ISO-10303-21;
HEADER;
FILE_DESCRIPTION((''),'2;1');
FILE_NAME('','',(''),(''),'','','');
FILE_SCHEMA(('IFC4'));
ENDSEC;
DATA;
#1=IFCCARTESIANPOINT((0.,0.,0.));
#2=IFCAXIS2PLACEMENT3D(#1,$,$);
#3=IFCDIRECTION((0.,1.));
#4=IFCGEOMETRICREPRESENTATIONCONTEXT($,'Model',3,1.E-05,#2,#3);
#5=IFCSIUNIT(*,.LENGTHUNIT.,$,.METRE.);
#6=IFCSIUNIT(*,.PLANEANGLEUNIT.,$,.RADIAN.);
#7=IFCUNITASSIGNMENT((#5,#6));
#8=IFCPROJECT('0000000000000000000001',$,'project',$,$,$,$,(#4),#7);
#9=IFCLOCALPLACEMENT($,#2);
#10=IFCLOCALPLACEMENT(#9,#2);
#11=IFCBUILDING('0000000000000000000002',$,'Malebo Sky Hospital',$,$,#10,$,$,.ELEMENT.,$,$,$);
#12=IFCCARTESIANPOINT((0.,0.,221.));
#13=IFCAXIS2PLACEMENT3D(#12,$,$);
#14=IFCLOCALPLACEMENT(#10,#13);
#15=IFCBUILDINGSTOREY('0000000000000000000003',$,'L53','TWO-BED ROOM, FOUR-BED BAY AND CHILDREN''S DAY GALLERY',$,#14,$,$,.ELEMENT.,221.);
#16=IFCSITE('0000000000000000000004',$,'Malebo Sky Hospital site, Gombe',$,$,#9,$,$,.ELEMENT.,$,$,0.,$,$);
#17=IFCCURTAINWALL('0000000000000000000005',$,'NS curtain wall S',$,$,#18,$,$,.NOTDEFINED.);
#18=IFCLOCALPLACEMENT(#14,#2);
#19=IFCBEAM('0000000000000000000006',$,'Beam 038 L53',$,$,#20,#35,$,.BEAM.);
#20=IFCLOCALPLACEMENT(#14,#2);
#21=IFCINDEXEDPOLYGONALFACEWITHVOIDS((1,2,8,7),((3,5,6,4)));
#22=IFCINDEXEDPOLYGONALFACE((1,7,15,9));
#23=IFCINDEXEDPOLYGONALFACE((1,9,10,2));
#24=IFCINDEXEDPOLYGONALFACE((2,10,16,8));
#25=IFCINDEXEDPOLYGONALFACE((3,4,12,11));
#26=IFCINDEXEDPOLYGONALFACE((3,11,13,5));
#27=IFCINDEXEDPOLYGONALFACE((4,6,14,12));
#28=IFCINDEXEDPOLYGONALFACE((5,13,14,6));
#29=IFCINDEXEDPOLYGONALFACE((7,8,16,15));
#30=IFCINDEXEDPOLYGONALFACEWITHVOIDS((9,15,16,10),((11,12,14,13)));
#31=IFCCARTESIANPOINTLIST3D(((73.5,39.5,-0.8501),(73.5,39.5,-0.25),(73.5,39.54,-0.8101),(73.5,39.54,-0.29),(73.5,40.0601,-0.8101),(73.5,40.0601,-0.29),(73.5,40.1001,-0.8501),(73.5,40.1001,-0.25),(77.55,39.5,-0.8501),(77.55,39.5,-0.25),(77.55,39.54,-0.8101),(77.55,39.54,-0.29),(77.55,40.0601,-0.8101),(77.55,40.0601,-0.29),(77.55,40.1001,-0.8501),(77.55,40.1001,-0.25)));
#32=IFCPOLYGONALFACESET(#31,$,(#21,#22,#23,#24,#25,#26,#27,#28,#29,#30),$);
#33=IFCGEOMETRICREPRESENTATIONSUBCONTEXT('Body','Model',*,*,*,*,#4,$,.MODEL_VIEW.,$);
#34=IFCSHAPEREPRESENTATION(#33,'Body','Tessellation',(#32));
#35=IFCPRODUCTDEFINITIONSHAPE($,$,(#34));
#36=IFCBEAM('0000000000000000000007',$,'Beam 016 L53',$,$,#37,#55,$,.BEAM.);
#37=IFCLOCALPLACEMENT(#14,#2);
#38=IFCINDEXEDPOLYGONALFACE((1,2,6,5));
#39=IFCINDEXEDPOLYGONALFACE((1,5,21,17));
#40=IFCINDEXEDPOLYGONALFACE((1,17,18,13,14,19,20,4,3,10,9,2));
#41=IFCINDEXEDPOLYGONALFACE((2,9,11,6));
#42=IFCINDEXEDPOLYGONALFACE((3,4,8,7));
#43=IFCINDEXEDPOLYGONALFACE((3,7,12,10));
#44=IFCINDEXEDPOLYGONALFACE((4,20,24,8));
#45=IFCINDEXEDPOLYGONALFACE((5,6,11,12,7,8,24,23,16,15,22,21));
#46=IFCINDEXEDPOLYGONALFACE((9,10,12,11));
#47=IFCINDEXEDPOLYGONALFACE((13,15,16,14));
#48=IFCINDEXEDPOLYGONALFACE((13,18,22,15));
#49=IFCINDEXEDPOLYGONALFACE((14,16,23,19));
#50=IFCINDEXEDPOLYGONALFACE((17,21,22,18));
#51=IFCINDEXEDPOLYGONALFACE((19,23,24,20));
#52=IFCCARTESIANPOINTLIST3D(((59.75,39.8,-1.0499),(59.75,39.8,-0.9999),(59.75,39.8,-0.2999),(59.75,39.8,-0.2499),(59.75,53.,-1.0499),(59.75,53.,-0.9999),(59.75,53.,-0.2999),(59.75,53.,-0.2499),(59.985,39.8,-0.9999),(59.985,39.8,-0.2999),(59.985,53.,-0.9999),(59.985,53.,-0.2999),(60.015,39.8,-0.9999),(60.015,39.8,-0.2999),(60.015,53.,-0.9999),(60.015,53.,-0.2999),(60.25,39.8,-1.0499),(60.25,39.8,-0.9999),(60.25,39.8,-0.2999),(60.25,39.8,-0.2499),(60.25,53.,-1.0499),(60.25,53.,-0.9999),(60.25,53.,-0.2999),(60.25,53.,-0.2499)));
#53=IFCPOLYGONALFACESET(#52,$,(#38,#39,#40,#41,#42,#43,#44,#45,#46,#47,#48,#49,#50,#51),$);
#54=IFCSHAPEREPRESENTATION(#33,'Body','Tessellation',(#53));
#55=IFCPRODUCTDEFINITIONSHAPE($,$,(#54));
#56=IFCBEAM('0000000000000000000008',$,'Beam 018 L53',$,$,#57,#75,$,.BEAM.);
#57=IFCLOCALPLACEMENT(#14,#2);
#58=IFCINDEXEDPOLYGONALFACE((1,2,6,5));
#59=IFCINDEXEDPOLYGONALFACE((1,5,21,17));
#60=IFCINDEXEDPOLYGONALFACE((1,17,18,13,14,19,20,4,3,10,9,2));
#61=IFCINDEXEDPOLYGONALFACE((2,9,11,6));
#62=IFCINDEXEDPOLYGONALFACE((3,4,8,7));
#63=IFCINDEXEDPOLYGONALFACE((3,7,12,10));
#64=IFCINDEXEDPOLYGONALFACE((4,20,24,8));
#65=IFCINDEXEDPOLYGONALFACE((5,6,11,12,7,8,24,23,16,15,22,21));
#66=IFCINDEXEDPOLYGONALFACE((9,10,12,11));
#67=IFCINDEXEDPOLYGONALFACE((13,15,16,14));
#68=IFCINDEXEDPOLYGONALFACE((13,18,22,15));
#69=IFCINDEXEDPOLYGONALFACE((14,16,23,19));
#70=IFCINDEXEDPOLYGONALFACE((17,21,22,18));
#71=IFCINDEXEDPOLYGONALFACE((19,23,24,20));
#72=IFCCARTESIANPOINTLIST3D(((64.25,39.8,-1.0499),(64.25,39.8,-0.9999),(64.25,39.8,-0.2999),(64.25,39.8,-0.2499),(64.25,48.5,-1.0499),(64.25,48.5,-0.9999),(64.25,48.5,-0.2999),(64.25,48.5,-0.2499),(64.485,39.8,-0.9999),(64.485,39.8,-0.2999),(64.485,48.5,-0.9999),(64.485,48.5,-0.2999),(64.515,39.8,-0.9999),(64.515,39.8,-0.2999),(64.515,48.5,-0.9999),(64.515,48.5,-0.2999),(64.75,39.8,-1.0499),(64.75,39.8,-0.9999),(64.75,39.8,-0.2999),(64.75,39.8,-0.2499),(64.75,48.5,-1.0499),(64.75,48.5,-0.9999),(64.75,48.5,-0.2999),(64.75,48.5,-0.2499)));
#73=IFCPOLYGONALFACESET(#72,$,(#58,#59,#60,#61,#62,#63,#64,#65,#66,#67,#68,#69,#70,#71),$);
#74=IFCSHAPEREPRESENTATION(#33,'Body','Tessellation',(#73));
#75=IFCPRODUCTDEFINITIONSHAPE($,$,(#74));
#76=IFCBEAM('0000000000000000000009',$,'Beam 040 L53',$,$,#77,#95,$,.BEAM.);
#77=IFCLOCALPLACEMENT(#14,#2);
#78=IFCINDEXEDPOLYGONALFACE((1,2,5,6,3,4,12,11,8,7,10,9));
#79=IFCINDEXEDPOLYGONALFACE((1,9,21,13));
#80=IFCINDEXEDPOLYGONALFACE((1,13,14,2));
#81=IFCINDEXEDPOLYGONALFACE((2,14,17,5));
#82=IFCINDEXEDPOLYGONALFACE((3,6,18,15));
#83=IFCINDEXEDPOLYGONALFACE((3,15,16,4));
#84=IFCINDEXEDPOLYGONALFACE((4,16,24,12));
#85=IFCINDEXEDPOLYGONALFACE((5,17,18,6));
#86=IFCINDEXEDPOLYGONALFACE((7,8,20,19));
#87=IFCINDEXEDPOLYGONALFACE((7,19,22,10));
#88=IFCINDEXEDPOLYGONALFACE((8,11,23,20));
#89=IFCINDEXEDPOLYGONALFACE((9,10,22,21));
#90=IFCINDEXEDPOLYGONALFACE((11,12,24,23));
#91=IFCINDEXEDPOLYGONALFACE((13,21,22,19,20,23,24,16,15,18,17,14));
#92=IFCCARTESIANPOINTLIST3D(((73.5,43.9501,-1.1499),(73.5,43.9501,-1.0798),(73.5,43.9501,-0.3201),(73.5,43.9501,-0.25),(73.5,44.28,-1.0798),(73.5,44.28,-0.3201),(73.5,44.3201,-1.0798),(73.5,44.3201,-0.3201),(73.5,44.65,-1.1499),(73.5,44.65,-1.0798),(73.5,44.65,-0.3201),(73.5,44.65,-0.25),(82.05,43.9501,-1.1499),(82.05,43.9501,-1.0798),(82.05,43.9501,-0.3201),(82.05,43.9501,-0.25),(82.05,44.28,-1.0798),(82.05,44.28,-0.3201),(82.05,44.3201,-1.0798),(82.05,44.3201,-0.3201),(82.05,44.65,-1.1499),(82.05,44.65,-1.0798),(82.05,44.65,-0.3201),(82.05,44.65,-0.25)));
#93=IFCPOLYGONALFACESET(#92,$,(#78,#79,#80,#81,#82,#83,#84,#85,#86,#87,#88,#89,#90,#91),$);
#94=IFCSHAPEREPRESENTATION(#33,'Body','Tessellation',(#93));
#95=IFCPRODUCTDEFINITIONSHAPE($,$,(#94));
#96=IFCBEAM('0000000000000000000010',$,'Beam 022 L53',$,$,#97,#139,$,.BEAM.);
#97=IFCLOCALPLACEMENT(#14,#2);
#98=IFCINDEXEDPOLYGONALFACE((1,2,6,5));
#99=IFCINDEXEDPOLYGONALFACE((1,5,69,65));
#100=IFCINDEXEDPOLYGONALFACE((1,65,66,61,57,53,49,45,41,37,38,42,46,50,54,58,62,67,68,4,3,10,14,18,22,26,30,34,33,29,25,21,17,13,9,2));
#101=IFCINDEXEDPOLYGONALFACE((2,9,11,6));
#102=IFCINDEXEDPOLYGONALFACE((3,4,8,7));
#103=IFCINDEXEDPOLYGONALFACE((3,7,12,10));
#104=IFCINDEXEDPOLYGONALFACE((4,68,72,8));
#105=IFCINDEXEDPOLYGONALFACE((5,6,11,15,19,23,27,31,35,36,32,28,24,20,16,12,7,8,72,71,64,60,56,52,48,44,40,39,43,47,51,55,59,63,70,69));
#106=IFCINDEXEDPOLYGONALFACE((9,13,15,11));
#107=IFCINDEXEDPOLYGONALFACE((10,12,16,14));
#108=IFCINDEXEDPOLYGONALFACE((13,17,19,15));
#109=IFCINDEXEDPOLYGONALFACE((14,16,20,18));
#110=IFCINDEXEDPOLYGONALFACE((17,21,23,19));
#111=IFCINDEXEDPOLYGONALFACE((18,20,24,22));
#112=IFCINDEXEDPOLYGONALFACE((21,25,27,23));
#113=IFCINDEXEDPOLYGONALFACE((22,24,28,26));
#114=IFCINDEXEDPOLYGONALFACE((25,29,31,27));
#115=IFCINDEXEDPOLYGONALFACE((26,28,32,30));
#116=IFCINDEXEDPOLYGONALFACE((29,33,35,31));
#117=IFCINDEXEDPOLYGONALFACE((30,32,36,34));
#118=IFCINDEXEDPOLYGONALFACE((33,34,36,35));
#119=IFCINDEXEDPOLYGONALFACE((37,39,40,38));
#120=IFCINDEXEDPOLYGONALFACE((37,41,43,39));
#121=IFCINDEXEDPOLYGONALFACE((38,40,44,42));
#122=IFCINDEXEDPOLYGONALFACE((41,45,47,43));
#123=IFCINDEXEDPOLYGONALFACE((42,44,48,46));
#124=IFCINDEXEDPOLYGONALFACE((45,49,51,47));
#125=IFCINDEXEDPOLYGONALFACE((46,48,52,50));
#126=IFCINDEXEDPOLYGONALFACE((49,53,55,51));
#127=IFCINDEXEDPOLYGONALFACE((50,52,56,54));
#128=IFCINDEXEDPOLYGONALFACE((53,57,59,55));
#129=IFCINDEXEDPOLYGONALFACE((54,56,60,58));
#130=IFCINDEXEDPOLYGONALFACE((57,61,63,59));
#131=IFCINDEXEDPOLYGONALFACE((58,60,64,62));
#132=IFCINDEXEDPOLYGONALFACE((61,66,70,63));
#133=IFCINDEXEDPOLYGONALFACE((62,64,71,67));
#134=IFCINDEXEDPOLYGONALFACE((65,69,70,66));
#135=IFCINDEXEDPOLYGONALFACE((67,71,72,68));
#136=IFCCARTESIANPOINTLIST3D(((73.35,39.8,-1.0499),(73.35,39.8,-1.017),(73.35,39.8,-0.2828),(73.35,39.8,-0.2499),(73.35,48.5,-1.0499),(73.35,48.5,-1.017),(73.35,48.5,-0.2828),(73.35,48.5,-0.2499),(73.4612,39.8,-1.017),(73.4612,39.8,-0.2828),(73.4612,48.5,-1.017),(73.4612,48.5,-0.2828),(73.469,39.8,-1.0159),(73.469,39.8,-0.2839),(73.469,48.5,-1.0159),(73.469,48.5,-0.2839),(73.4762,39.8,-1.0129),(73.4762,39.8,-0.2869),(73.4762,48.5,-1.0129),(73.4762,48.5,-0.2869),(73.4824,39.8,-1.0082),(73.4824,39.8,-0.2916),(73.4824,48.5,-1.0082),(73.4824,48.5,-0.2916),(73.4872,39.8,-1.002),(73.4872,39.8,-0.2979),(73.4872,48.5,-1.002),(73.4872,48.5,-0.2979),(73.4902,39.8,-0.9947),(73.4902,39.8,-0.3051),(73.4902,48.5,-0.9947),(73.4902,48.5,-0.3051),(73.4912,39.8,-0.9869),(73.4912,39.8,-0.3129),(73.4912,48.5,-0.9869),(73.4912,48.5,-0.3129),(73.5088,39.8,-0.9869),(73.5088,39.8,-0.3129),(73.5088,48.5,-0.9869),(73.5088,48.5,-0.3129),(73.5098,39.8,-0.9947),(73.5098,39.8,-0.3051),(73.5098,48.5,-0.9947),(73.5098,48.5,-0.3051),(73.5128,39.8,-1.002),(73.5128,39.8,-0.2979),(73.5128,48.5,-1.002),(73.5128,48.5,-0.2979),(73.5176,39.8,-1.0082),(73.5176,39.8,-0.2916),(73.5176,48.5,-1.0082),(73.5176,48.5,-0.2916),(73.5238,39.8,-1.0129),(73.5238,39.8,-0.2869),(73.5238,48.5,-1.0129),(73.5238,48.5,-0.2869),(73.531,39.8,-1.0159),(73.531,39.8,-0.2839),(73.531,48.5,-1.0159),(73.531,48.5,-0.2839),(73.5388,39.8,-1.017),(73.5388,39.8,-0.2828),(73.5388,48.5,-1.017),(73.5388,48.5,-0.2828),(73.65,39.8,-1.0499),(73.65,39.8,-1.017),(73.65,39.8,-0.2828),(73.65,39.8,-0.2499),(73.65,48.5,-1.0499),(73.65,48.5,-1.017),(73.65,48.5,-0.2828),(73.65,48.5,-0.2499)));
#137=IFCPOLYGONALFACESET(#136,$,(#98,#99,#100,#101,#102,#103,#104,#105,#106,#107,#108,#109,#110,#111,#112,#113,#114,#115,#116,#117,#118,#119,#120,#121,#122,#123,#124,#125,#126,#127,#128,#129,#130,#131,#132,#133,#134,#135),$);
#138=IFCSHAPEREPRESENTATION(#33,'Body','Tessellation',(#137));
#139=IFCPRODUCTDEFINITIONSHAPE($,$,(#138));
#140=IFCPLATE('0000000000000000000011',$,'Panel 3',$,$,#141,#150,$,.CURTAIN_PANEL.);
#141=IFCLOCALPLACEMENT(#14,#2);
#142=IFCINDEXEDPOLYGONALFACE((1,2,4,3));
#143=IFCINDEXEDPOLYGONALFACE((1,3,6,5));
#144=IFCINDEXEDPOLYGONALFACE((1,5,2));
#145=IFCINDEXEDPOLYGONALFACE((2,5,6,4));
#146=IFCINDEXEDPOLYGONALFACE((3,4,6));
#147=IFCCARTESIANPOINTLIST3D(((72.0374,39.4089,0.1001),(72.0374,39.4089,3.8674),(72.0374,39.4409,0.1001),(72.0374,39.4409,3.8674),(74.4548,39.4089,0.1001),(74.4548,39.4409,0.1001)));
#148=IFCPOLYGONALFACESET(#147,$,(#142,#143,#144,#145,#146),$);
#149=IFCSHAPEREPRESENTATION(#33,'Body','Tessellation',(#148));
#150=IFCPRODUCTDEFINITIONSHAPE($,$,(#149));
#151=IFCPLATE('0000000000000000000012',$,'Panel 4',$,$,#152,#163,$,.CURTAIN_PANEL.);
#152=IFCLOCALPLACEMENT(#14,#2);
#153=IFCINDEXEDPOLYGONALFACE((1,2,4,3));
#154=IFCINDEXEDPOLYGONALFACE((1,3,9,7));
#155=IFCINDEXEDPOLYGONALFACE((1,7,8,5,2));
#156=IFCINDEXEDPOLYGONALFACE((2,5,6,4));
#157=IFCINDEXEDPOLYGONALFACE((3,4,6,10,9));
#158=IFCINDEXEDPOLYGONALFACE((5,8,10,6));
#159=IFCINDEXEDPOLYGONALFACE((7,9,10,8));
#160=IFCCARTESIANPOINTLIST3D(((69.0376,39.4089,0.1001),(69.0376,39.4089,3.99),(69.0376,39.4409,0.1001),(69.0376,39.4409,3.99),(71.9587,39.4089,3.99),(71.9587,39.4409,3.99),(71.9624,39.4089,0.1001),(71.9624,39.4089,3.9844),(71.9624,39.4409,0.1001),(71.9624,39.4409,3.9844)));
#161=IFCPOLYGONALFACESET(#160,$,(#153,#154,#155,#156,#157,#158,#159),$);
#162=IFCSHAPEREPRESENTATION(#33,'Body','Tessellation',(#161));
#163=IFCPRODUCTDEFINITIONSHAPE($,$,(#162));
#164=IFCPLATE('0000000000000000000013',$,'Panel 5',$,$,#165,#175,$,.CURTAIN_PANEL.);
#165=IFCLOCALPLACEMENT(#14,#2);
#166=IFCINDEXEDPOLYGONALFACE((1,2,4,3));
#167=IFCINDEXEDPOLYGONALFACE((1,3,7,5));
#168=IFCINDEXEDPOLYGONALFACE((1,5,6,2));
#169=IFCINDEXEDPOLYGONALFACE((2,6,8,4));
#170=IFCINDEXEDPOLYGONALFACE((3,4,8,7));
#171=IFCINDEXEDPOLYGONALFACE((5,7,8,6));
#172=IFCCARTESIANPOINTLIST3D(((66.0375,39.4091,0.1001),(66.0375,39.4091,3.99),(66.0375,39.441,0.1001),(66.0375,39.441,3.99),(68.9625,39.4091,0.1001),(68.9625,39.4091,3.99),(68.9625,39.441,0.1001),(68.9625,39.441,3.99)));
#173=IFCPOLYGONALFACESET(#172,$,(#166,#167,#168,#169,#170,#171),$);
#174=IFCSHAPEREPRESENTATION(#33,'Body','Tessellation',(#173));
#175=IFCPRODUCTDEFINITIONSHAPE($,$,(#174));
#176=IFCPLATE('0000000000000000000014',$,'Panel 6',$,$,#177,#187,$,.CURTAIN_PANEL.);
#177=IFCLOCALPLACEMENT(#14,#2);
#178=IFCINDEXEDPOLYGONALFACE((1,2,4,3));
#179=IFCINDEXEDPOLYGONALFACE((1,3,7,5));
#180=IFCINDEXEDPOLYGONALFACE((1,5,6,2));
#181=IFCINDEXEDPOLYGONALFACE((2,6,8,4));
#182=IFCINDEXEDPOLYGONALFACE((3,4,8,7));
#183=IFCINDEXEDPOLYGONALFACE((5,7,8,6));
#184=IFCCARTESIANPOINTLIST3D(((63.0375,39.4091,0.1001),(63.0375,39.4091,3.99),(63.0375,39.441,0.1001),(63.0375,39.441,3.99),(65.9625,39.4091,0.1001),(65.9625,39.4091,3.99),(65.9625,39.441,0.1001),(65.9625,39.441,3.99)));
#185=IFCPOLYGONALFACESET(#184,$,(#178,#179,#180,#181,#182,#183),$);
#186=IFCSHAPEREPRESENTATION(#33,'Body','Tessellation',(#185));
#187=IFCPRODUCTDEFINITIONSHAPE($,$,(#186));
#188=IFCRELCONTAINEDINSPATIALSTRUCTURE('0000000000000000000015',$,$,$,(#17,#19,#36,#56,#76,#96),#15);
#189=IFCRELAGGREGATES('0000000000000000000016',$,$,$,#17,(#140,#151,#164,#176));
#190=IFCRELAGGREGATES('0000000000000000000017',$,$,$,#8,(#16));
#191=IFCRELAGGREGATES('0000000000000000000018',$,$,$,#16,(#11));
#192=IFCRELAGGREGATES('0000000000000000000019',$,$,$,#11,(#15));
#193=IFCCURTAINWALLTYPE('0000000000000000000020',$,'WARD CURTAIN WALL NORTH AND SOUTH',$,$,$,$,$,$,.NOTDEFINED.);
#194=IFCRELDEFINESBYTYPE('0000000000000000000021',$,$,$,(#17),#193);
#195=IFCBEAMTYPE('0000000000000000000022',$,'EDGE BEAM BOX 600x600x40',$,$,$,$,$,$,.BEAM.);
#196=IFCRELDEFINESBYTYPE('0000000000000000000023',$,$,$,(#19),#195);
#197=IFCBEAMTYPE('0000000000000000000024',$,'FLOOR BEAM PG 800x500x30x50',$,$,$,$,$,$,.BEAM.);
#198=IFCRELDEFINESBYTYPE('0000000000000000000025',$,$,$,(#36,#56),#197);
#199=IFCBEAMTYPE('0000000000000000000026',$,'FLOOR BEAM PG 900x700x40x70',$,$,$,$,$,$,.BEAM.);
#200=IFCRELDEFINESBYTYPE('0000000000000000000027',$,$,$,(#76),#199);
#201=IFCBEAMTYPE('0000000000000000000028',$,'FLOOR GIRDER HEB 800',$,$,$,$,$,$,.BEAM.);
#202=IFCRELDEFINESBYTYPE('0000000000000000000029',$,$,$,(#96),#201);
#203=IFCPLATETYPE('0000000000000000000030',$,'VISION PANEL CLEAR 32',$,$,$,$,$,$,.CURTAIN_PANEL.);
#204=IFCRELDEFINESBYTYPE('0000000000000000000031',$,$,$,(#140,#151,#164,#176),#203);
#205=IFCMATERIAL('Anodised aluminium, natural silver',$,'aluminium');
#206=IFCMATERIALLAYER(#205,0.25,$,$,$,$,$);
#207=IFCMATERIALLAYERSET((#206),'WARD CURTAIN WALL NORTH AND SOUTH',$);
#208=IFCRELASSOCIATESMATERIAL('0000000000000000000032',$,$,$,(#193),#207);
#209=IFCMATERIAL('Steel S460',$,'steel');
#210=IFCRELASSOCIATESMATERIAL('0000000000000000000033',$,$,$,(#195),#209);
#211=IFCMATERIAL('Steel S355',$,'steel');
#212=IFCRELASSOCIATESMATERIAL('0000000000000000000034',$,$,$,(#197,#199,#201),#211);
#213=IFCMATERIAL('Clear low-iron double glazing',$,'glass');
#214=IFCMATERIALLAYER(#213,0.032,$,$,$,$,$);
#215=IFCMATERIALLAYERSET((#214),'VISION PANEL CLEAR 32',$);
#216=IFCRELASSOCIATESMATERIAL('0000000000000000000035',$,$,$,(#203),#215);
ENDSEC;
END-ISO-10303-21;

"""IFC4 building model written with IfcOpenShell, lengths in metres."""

from ifc_helpers import new_model, si_unit, direction, frame, origin, origin_2d, place, context, subcontext, project, spatial, polyline, rectangle, hollow_rectangle, i_section, outline, extrude, material, layer, layer_set, material_profile, profile_set, type_object, element, aggregate, save


model = new_model("IFC4")

# Units and contexts
model_context = context("Model", 3, precision=1e-05, world=origin(), true_north=direction((0.0, 1.0)))
body_context = subcontext(model_context, "Body", "Model", "MODEL_VIEW")
ifc_project = project(units=[si_unit("LENGTHUNIT", "METRE"), si_unit("PLANEANGLEUNIT", "RADIAN")], contexts=[model_context])

# Site, building, storey
site_placement = place(None, origin())
site = spatial("IfcSite", under=ifc_project, at=site_placement, Name="Malebo Sky Hospital site, Gombe", CompositionType="ELEMENT", RefElevation=0.0)
building_placement = place(site_placement, origin())
building = spatial("IfcBuilding", under=site, at=building_placement, Name="Malebo Sky Hospital", CompositionType="ELEMENT")
storey_placement = place(building_placement, frame((0.0, 0.0, 221.0)))
storey = spatial("IfcBuildingStorey", under=building, at=storey_placement, Name="L53", Description="TWO-BED ROOM, FOUR-BED BAY AND CHILDREN'S DAY GALLERY", CompositionType="ELEMENT", Elevation=221.0)

# Shared definitions
ifc_material_1 = material(Name="Steel S460", Category="steel")

# Curtain wall
ifc_material_2 = material(Name="Anodised aluminium, natural silver", Category="aluminium")
ifc_layer_1 = layer(ifc_material_2, 0.25)
ifc_layer_set_1 = layer_set([ifc_layer_1], Name="WARD CURTAIN WALL NORTH AND SOUTH")
curtain_wall_type = type_object("IfcCurtainWallType", Name="WARD CURTAIN WALL NORTH AND SOUTH", PredefinedType="NOTDEFINED", material=ifc_layer_set_1)
curtain_wall_placement = place(storey_placement, origin())
curtain_wall = element("IfcCurtainWall", 1, at=curtain_wall_placement, inside=storey, type_object=curtain_wall_type, Name="NS curtain wall S", PredefinedType="NOTDEFINED")

# Beams
ifc_material_profile_1 = material_profile(ifc_material_1, hollow_rectangle(XDim=0.6001, YDim=0.6001, WallThickness=0.04, at=origin_2d()), Name="BOX 600x600x40")
ifc_profile_set_1 = profile_set([ifc_material_profile_1], Name="Steel S460")
beam_type_1 = type_object("IfcBeamType", Name="EDGE BEAM BOX 600x600x40", PredefinedType="BEAM", material=ifc_profile_set_1)
beam_1_placement = place(storey_placement, frame((73.5, 39.8, -0.55), z_axis=(1.0, 0.0, 0.0), x_axis=(0.0, 1.0, 0.0)))
element("IfcBeam", 2, at=beam_1_placement, inside=storey, type_object=beam_type_1, Name="Beam 038 L53", PredefinedType="BEAM", context=body_context, shape_type="SweptSolid", body=[
    extrude(hollow_rectangle(XDim=0.6001, YDim=0.6001, WallThickness=0.04, at=origin_2d()), origin(), (0.0, 0.0, 1.0), 4.05),
])
ifc_material_3 = material(Name="Steel S355", Category="steel")
ifc_material_profile_2 = material_profile(ifc_material_3, i_section(OverallWidth=0.5, OverallDepth=0.8, WebThickness=0.03, FlangeThickness=0.05, at=origin_2d()), Name="PG 800x500x30x50")
ifc_profile_set_2 = profile_set([ifc_material_profile_2], Name="Steel S355")
beam_type_2 = type_object("IfcBeamType", Name="FLOOR BEAM PG 800x500x30x50", PredefinedType="BEAM", material=ifc_profile_set_2)
beam_2_placement = place(storey_placement, frame((60.0, 39.8, -0.6499), z_axis=(0.0, 1.0, 0.0), x_axis=(-1.0, 0.0, 0.0)))
element("IfcBeam", 3, at=beam_2_placement, inside=storey, type_object=beam_type_2, Name="Beam 016 L53", PredefinedType="BEAM", context=body_context, shape_type="SweptSolid", body=[
    extrude(i_section(OverallWidth=0.5, OverallDepth=0.8, WebThickness=0.03, FlangeThickness=0.05, at=origin_2d()), origin(), (0.0, 0.0, 1.0), 13.2),
])
beam_3_placement = place(storey_placement, frame((64.5, 39.8, -0.6499), z_axis=(0.0, 1.0, 0.0), x_axis=(-1.0, 0.0, 0.0)))
element("IfcBeam", 4, at=beam_3_placement, inside=storey, type_object=beam_type_2, Name="Beam 018 L53", PredefinedType="BEAM", context=body_context, shape_type="SweptSolid", body=[
    extrude(i_section(OverallWidth=0.5, OverallDepth=0.8, WebThickness=0.03, FlangeThickness=0.05, at=origin_2d()), origin(), (0.0, 0.0, 1.0), 8.7),
])
ifc_material_profile_3 = material_profile(ifc_material_3, i_section(OverallWidth=0.7, OverallDepth=0.8999, WebThickness=0.04, FlangeThickness=0.0701, at=origin_2d()), Name="PG 900x700x40x70")
ifc_profile_set_3 = profile_set([ifc_material_profile_3], Name="Steel S355")
beam_type_3 = type_object("IfcBeamType", Name="FLOOR BEAM PG 900x700x40x70", PredefinedType="BEAM", material=ifc_profile_set_3)
beam_4_placement = place(storey_placement, frame((73.5, 44.3, -0.7), z_axis=(1.0, 0.0, 0.0), x_axis=(0.0, 1.0, 0.0)))
element("IfcBeam", 5, at=beam_4_placement, inside=storey, type_object=beam_type_3, Name="Beam 040 L53", PredefinedType="BEAM", context=body_context, shape_type="SweptSolid", body=[
    extrude(i_section(OverallWidth=0.7, OverallDepth=0.8999, WebThickness=0.04, FlangeThickness=0.0701, at=origin_2d()), origin(), (0.0, 0.0, 1.0), 8.55),
])
ifc_material_profile_4 = material_profile(ifc_material_3, i_section(OverallWidth=0.3, OverallDepth=0.8, WebThickness=0.0176, FlangeThickness=0.033, FilletRadius=0.03, at=origin_2d()), Name="HEB 800")
ifc_profile_set_4 = profile_set([ifc_material_profile_4], Name="Steel S355")
beam_type_4 = type_object("IfcBeamType", Name="FLOOR GIRDER HEB 800", PredefinedType="BEAM", material=ifc_profile_set_4)
beam_5_placement = place(storey_placement, frame((73.5, 39.8, -0.6499), z_axis=(0.0, 1.0, 0.0), x_axis=(-1.0, 0.0, 0.0)))
element("IfcBeam", 6, at=beam_5_placement, inside=storey, type_object=beam_type_4, Name="Beam 022 L53", PredefinedType="BEAM", context=body_context, shape_type="SweptSolid", body=[
    extrude(i_section(OverallWidth=0.3, OverallDepth=0.8, WebThickness=0.0176, FlangeThickness=0.033, FilletRadius=0.03, at=origin_2d()), origin(), (0.0, 0.0, 1.0), 8.7),
])

# Plates
ifc_material_4 = material(Name="Clear low-iron double glazing", Category="glass")
ifc_layer_2 = layer(ifc_material_4, 0.032)
ifc_layer_set_2 = layer_set([ifc_layer_2], Name="VISION PANEL CLEAR 32")
plate_type = type_object("IfcPlateType", Name="VISION PANEL CLEAR 32", PredefinedType="CURTAIN_PANEL", material=ifc_layer_set_2)
plate_1_placement = place(storey_placement, frame((73.2461, 39.425, 0.1001), z_axis=(0.0, 0.0, 1.0), x_axis=(-1.0, 0.0, 0.0)))
plate_1 = element("IfcPlate", 7, at=plate_1_placement, type_object=plate_type, Name="Panel 3", PredefinedType="CURTAIN_PANEL", context=body_context, shape_type="SweptSolid", body=[
    extrude(outline(polyline([(-1.2087, 0.0), (1.2087, 0.0), (1.2087, 3.7673), (-1.2087, 0.0)])), frame((0.0, 0.0161, 0.0), z_axis=(0.0, -1.0, 0.0), x_axis=(1.0, 0.0, 0.0)), (0.0, 0.0, 1.0), 0.032),
])
plate_2_placement = place(storey_placement, frame((70.5, 39.425, 0.1001), z_axis=(0.0, 0.0, 1.0), x_axis=(-1.0, 0.0, 0.0)))
plate_2 = element("IfcPlate", 8, at=plate_2_placement, type_object=plate_type, Name="Panel 4", PredefinedType="CURTAIN_PANEL", context=body_context, shape_type="SweptSolid", body=[
    extrude(outline(polyline([(-1.4624, 0.0), (1.4624, 0.0), (1.4624, 3.8899), (-1.4587, 3.8899), (-1.4624, 3.8843), (-1.4624, 0.0)])), frame((0.0, 0.0161, 0.0), z_axis=(0.0, -1.0, 0.0), x_axis=(1.0, 0.0, 0.0)), (0.0, 0.0, 1.0), 0.032),
])
plate_3_placement = place(storey_placement, frame((67.5, 39.425, 0.1001), z_axis=(0.0, 0.0, 1.0), x_axis=(-1.0, 0.0, 0.0)))
plate_3 = element("IfcPlate", 9, at=plate_3_placement, type_object=plate_type, Name="Panel 5", PredefinedType="CURTAIN_PANEL", context=body_context, shape_type="SweptSolid", body=[
    extrude(rectangle(XDim=2.925, YDim=0.032, at=origin_2d()), origin(), (0.0, 0.0, 1.0), 3.8899),
])
plate_4_placement = place(storey_placement, frame((64.5, 39.425, 0.1001), z_axis=(0.0, 0.0, 1.0), x_axis=(-1.0, 0.0, 0.0)))
plate_4 = element("IfcPlate", 10, at=plate_4_placement, type_object=plate_type, Name="Panel 6", PredefinedType="CURTAIN_PANEL", context=body_context, shape_type="SweptSolid", body=[
    extrude(rectangle(XDim=2.925, YDim=0.032, at=origin_2d()), origin(), (0.0, 0.0, 1.0), 3.8899),
])
aggregate(curtain_wall, [plate_1, plate_2, plate_3, plate_4])

save(model, "model.ifc")
